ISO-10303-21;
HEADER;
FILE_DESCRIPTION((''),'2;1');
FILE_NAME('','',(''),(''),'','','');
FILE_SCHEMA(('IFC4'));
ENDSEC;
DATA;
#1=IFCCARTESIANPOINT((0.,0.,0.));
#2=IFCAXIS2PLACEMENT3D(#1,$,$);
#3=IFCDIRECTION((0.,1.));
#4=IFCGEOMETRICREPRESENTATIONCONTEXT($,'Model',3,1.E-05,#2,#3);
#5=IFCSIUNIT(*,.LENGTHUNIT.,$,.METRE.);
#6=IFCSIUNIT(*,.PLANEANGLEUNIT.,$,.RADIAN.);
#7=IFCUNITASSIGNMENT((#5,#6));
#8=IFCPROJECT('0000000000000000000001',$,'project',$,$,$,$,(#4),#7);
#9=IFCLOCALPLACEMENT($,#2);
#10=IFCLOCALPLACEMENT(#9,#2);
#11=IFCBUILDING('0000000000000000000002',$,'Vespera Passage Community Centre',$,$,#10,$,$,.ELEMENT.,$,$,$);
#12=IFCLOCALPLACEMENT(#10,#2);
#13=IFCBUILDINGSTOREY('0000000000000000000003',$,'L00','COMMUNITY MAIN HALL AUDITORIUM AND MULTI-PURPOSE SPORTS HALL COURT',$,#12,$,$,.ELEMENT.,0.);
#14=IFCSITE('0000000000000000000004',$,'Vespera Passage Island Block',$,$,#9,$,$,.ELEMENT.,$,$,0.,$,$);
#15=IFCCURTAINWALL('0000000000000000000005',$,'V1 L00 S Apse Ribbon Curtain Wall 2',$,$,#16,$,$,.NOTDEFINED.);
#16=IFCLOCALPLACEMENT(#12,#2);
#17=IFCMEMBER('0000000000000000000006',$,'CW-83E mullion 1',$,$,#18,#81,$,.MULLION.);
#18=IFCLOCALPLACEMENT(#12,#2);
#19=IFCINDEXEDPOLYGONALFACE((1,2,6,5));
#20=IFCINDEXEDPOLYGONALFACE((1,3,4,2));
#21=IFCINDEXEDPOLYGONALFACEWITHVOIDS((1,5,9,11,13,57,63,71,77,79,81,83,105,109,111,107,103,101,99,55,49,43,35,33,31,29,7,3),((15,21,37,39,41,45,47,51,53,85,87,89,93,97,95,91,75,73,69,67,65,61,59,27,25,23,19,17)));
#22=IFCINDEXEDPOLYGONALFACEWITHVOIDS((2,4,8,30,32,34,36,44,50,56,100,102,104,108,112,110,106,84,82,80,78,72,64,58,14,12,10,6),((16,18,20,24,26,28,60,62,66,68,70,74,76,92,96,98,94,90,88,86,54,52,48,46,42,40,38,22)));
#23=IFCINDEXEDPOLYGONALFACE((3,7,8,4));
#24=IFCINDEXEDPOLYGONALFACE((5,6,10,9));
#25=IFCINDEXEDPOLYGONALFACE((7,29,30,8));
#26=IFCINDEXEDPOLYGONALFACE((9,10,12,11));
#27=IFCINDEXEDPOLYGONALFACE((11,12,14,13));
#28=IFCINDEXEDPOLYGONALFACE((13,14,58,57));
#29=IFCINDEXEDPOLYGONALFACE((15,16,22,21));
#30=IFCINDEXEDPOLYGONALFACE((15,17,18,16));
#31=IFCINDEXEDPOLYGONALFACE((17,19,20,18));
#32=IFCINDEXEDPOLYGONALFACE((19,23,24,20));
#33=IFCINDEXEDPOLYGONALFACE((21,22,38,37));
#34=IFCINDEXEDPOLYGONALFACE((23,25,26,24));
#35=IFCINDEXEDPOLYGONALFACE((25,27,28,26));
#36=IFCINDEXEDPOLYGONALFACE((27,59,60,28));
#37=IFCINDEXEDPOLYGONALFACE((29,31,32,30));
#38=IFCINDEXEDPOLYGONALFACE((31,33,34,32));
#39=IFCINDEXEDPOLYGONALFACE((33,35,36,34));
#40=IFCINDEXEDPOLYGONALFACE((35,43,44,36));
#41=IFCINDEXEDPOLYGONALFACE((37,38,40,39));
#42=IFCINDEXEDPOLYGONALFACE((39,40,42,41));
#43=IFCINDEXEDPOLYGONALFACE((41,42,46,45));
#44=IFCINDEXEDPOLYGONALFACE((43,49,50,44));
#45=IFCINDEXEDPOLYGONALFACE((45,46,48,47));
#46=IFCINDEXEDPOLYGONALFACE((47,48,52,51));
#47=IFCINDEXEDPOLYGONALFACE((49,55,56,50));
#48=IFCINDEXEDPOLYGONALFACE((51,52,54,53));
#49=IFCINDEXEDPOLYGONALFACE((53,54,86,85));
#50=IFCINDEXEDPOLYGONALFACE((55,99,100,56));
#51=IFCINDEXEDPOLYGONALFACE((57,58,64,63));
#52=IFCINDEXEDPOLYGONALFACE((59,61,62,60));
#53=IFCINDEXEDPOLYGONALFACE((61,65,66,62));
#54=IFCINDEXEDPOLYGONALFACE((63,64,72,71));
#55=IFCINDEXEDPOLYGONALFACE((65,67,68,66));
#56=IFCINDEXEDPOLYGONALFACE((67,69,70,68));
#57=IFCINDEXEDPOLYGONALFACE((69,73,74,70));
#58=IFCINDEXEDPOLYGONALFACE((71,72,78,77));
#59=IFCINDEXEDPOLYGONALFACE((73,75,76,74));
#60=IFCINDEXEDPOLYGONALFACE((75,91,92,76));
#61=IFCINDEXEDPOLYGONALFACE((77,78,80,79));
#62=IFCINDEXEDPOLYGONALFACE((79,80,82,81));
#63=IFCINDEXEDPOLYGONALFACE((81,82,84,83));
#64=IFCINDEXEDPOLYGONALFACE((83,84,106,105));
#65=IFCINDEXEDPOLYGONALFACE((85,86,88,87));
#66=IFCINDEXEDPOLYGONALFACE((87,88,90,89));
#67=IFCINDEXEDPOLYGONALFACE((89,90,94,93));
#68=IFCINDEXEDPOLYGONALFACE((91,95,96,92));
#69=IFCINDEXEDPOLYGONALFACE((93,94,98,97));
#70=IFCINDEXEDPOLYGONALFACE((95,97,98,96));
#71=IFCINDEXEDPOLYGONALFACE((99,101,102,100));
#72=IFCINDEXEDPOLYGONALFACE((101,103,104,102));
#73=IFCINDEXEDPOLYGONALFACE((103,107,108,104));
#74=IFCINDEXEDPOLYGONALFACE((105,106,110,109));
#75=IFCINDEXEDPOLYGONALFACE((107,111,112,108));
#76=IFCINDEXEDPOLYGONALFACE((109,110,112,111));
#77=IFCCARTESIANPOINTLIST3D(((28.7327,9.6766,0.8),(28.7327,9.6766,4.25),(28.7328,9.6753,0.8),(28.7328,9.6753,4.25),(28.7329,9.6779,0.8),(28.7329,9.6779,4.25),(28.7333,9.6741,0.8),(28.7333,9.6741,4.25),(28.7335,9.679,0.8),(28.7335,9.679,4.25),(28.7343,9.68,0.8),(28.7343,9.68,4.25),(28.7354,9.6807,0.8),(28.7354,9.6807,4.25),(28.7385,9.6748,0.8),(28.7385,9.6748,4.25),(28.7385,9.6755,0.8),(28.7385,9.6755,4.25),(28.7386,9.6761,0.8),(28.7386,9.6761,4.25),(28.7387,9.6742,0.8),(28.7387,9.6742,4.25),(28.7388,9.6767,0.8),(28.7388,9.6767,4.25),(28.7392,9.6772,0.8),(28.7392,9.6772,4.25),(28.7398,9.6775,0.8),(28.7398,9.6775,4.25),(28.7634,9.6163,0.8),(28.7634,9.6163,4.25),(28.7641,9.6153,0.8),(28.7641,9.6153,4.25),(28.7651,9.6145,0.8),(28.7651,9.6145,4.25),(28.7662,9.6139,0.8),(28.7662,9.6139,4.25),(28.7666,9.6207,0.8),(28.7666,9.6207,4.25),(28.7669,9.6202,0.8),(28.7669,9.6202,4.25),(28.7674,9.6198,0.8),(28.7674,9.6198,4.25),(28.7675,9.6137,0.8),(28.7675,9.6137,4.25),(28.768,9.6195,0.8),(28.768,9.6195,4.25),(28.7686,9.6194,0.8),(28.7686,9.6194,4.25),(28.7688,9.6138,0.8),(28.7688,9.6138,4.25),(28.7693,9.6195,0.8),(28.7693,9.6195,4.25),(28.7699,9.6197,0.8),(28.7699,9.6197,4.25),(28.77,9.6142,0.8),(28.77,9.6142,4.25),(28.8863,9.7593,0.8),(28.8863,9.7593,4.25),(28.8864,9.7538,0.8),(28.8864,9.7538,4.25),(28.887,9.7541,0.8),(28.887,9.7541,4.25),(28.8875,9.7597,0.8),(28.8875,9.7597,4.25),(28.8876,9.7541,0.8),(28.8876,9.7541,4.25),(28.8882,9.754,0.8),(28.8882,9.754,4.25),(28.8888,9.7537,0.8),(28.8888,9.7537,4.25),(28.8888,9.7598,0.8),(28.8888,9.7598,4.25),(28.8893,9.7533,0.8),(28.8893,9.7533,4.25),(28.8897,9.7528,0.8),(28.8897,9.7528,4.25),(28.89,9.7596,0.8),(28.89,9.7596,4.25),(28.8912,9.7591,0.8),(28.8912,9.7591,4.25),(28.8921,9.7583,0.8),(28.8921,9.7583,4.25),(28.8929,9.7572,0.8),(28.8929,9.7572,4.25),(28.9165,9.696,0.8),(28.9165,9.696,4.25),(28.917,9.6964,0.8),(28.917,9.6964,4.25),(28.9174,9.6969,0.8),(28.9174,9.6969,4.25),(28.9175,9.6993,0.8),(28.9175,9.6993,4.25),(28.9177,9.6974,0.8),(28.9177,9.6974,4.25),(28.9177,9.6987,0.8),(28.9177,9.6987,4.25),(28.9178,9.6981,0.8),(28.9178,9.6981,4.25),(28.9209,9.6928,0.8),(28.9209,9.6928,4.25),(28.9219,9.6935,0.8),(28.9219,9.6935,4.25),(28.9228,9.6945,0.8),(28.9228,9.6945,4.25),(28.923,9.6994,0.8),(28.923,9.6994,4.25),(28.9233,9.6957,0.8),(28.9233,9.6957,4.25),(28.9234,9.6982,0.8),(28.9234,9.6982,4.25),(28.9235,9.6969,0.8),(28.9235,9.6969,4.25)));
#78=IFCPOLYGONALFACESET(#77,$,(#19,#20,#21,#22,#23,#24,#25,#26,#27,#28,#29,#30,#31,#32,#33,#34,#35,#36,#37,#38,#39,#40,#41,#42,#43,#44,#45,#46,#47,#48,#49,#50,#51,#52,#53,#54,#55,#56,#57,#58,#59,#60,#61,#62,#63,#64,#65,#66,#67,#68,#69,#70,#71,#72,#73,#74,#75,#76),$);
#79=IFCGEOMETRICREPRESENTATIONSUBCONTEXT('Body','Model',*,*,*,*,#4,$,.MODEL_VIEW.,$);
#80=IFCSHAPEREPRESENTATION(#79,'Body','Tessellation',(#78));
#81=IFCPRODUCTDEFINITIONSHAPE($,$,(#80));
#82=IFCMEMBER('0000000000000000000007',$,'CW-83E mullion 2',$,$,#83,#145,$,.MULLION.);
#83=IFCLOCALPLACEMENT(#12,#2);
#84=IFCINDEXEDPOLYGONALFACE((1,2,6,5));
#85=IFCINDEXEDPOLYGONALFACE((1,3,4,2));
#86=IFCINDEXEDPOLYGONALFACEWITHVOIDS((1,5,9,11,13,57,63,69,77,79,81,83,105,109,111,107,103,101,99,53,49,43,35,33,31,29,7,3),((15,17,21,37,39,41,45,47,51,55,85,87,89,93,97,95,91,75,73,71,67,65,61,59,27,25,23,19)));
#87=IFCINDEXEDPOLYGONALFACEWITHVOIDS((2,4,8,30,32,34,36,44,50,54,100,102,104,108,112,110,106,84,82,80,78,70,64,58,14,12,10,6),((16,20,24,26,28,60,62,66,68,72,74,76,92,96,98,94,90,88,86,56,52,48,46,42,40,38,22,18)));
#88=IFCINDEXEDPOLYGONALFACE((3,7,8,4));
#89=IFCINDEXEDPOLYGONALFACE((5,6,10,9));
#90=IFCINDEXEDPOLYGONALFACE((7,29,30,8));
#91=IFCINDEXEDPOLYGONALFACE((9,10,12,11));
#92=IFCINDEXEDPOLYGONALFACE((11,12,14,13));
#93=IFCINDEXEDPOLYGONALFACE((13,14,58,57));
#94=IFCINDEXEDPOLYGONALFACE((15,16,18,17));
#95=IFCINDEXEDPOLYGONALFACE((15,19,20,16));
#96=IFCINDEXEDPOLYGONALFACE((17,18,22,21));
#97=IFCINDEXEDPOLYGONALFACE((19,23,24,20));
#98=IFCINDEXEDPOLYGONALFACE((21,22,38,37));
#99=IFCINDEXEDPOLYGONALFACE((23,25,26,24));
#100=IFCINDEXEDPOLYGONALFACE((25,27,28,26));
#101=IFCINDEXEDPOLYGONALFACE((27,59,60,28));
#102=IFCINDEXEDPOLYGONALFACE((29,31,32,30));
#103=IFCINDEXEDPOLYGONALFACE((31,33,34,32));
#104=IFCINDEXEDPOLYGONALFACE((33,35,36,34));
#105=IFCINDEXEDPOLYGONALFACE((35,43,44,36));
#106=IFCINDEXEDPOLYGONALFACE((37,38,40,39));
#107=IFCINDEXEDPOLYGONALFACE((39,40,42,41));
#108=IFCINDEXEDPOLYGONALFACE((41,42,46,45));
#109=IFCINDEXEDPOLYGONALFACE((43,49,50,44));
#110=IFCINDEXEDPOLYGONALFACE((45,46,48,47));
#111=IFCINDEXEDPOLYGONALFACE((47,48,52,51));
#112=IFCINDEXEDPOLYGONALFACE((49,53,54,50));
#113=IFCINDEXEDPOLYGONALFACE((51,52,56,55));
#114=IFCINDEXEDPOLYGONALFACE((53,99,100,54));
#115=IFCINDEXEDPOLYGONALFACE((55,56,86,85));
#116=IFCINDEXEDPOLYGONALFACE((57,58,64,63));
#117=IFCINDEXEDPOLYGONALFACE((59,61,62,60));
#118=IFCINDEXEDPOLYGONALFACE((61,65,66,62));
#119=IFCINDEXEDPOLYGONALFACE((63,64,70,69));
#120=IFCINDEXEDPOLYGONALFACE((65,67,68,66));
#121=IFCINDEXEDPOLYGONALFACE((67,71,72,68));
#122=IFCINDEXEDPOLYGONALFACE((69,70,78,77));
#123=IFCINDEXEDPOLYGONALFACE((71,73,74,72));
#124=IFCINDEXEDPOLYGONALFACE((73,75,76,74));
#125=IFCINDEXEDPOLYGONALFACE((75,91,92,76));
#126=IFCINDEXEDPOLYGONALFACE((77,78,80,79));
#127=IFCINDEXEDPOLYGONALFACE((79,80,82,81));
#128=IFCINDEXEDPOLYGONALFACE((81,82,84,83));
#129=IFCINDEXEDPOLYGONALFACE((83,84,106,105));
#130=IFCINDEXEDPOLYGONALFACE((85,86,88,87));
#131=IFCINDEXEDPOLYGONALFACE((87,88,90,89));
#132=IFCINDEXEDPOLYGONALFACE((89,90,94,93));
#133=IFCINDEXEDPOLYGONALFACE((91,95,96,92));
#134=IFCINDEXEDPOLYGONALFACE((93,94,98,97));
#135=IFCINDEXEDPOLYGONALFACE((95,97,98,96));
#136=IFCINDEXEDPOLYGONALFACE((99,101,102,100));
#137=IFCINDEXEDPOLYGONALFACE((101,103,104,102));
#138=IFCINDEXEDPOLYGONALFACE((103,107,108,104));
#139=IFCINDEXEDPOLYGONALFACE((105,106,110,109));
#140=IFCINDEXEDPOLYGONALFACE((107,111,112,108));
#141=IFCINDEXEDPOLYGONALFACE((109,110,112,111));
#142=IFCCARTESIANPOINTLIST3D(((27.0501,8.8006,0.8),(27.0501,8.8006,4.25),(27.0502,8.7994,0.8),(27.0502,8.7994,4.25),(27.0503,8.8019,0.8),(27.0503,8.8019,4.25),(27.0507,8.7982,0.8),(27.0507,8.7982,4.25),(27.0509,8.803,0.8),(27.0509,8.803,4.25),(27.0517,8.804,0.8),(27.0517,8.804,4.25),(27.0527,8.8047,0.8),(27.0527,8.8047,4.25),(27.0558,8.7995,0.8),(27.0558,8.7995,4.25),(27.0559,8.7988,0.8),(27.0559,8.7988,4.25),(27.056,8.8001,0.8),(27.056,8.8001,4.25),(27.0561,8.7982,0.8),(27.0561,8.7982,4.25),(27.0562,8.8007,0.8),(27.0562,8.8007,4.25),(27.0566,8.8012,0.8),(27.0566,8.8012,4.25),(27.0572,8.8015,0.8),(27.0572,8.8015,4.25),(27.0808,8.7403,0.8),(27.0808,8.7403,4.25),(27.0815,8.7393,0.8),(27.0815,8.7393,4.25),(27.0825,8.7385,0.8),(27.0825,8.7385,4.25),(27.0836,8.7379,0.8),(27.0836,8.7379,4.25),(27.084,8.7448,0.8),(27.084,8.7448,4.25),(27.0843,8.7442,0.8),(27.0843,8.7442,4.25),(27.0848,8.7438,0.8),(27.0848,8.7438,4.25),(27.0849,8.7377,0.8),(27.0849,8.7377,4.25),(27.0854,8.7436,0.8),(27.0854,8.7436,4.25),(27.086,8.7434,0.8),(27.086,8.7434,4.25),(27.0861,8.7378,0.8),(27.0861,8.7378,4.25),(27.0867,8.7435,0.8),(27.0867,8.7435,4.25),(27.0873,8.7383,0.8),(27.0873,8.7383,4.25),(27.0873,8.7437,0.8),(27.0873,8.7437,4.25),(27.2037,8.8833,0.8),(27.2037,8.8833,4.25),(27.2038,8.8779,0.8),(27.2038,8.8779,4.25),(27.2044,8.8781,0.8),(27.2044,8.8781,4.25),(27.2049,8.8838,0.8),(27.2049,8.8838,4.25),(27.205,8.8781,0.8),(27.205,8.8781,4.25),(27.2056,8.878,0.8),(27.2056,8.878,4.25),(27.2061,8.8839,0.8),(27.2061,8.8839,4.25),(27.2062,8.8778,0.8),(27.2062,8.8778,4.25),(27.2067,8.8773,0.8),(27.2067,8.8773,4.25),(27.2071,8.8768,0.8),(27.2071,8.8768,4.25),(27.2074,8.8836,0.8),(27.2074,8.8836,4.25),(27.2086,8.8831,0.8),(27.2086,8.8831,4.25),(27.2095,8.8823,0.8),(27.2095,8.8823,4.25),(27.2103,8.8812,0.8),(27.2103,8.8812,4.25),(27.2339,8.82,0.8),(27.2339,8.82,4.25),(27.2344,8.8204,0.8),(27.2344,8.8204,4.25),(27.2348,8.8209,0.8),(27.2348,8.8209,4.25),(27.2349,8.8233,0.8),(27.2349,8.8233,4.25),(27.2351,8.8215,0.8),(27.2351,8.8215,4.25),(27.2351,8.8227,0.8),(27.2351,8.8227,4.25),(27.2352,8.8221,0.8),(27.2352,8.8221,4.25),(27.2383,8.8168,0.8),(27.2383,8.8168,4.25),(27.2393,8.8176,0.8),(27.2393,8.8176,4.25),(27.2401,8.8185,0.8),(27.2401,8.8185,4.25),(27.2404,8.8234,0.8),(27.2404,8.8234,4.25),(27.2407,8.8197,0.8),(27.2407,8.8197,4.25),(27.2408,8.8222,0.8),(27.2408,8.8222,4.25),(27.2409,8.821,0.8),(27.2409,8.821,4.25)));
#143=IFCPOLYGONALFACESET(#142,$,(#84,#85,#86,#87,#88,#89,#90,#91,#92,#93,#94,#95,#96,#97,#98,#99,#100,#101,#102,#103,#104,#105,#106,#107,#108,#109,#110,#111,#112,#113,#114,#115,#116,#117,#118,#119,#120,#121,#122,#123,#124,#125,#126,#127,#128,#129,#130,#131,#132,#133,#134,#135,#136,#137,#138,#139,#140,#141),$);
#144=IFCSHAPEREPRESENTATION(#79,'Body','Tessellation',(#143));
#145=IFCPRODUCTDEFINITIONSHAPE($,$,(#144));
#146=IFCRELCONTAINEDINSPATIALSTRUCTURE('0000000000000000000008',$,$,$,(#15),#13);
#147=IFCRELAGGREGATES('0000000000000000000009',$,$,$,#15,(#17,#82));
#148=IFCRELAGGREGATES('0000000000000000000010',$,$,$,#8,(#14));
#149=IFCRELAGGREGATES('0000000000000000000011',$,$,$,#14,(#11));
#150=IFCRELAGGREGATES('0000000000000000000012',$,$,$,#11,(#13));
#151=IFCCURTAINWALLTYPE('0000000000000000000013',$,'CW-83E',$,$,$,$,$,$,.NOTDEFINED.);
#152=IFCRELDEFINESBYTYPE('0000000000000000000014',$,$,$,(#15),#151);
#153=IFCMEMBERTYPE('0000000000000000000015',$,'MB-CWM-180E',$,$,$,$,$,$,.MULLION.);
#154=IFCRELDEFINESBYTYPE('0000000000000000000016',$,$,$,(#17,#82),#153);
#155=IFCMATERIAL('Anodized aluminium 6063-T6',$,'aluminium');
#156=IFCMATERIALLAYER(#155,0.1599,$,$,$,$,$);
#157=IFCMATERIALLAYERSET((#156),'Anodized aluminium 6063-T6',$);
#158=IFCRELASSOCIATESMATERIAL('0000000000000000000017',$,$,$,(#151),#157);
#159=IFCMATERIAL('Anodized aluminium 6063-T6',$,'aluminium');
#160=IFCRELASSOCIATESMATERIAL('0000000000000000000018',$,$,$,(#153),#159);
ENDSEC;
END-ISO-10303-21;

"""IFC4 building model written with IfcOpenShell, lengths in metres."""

from ifc_helpers import new_model, si_unit, direction, frame, origin, origin_2d, place, context, subcontext, project, spatial, hollow_rectangle, extrude, material, layer, layer_set, material_profile, profile_set, type_object, element, aggregate, save


model = new_model("IFC4")

# Units and contexts
model_context = context("Model", 3, precision=1e-05, world=origin(), true_north=direction((0.0, 1.0)))
body_context = subcontext(model_context, "Body", "Model", "MODEL_VIEW")
ifc_project = project(units=[si_unit("LENGTHUNIT", "METRE"), si_unit("PLANEANGLEUNIT", "RADIAN")], contexts=[model_context])

# Site, building, storey
site_placement = place(None, origin())
site = spatial("IfcSite", under=ifc_project, at=site_placement, Name="Vespera Passage Island Block", CompositionType="ELEMENT", RefElevation=0.0)
building_placement = place(site_placement, origin())
building = spatial("IfcBuilding", under=site, at=building_placement, Name="Vespera Passage Community Centre", CompositionType="ELEMENT")
storey_placement = place(building_placement, origin())
storey = spatial("IfcBuildingStorey", under=building, at=storey_placement, Name="L00", Description="COMMUNITY MAIN HALL AUDITORIUM AND MULTI-PURPOSE SPORTS HALL COURT", CompositionType="ELEMENT", Elevation=0.0)

# Curtain wall, members
ifc_material_1 = material(Name="Anodized aluminium 6063-T6", Category="aluminium")
ifc_layer_1 = layer(ifc_material_1, 0.1599)
ifc_layer_set_1 = layer_set([ifc_layer_1], Name="Anodized aluminium 6063-T6")
curtain_wall_type = type_object("IfcCurtainWallType", Name="CW-83E", PredefinedType="NOTDEFINED", material=ifc_layer_set_1)
curtain_wall_placement = place(storey_placement, origin())
curtain_wall = element("IfcCurtainWall", 1, at=curtain_wall_placement, inside=storey, type_object=curtain_wall_type, Name="V1 L00 S Apse Ribbon Curtain Wall 2", PredefinedType="NOTDEFINED")
ifc_material_2 = material(Name="Anodized aluminium 6063-T6", Category="aluminium")
ifc_material_profile_1 = material_profile(ifc_material_2, hollow_rectangle(XDim=0.075, YDim=0.1799, WallThickness=0.0049, InnerFilletRadius=0.0024, OuterFilletRadius=0.0049, at=origin_2d()), Name="ALU180X75X5")
ifc_profile_set_1 = profile_set([ifc_material_profile_1], Name="Anodized aluminium 6063-T6")
member_type_1 = type_object("IfcMemberType", Name="MB-CWM-180E", PredefinedType="MULLION", material=ifc_profile_set_1)
member_1_placement = place(storey_placement, frame((28.8281, 9.6868, 0.8), z_axis=(0.0, 0.0, 1.0), x_axis=(0.461745, -0.887013, 0.0)))
member_1 = element("IfcMember", 2, at=member_1_placement, type_object=member_type_1, Name="CW-83E mullion 1", PredefinedType="MULLION", context=body_context, shape_type="SweptSolid", body=[
    extrude(hollow_rectangle(XDim=0.075, YDim=0.1799, WallThickness=0.0049, InnerFilletRadius=0.0024, OuterFilletRadius=0.0049, at=origin_2d()), origin(), (0.0, 0.0, 1.0), 3.45),
])
member_2_placement = place(storey_placement, frame((27.1455, 8.8108, 0.8), z_axis=(0.0, 0.0, 1.0), x_axis=(0.461745, -0.887013, 0.0)))
member_2 = element("IfcMember", 3, at=member_2_placement, type_object=member_type_1, Name="CW-83E mullion 2", PredefinedType="MULLION", context=body_context, shape_type="SweptSolid", body=[
    extrude(hollow_rectangle(XDim=0.075, YDim=0.1799, WallThickness=0.0049, InnerFilletRadius=0.0024, OuterFilletRadius=0.0049, at=origin_2d()), origin(), (0.0, 0.0, 1.0), 3.45),
])
aggregate(curtain_wall, [member_1, member_2])

save(model, "model.ifc")
